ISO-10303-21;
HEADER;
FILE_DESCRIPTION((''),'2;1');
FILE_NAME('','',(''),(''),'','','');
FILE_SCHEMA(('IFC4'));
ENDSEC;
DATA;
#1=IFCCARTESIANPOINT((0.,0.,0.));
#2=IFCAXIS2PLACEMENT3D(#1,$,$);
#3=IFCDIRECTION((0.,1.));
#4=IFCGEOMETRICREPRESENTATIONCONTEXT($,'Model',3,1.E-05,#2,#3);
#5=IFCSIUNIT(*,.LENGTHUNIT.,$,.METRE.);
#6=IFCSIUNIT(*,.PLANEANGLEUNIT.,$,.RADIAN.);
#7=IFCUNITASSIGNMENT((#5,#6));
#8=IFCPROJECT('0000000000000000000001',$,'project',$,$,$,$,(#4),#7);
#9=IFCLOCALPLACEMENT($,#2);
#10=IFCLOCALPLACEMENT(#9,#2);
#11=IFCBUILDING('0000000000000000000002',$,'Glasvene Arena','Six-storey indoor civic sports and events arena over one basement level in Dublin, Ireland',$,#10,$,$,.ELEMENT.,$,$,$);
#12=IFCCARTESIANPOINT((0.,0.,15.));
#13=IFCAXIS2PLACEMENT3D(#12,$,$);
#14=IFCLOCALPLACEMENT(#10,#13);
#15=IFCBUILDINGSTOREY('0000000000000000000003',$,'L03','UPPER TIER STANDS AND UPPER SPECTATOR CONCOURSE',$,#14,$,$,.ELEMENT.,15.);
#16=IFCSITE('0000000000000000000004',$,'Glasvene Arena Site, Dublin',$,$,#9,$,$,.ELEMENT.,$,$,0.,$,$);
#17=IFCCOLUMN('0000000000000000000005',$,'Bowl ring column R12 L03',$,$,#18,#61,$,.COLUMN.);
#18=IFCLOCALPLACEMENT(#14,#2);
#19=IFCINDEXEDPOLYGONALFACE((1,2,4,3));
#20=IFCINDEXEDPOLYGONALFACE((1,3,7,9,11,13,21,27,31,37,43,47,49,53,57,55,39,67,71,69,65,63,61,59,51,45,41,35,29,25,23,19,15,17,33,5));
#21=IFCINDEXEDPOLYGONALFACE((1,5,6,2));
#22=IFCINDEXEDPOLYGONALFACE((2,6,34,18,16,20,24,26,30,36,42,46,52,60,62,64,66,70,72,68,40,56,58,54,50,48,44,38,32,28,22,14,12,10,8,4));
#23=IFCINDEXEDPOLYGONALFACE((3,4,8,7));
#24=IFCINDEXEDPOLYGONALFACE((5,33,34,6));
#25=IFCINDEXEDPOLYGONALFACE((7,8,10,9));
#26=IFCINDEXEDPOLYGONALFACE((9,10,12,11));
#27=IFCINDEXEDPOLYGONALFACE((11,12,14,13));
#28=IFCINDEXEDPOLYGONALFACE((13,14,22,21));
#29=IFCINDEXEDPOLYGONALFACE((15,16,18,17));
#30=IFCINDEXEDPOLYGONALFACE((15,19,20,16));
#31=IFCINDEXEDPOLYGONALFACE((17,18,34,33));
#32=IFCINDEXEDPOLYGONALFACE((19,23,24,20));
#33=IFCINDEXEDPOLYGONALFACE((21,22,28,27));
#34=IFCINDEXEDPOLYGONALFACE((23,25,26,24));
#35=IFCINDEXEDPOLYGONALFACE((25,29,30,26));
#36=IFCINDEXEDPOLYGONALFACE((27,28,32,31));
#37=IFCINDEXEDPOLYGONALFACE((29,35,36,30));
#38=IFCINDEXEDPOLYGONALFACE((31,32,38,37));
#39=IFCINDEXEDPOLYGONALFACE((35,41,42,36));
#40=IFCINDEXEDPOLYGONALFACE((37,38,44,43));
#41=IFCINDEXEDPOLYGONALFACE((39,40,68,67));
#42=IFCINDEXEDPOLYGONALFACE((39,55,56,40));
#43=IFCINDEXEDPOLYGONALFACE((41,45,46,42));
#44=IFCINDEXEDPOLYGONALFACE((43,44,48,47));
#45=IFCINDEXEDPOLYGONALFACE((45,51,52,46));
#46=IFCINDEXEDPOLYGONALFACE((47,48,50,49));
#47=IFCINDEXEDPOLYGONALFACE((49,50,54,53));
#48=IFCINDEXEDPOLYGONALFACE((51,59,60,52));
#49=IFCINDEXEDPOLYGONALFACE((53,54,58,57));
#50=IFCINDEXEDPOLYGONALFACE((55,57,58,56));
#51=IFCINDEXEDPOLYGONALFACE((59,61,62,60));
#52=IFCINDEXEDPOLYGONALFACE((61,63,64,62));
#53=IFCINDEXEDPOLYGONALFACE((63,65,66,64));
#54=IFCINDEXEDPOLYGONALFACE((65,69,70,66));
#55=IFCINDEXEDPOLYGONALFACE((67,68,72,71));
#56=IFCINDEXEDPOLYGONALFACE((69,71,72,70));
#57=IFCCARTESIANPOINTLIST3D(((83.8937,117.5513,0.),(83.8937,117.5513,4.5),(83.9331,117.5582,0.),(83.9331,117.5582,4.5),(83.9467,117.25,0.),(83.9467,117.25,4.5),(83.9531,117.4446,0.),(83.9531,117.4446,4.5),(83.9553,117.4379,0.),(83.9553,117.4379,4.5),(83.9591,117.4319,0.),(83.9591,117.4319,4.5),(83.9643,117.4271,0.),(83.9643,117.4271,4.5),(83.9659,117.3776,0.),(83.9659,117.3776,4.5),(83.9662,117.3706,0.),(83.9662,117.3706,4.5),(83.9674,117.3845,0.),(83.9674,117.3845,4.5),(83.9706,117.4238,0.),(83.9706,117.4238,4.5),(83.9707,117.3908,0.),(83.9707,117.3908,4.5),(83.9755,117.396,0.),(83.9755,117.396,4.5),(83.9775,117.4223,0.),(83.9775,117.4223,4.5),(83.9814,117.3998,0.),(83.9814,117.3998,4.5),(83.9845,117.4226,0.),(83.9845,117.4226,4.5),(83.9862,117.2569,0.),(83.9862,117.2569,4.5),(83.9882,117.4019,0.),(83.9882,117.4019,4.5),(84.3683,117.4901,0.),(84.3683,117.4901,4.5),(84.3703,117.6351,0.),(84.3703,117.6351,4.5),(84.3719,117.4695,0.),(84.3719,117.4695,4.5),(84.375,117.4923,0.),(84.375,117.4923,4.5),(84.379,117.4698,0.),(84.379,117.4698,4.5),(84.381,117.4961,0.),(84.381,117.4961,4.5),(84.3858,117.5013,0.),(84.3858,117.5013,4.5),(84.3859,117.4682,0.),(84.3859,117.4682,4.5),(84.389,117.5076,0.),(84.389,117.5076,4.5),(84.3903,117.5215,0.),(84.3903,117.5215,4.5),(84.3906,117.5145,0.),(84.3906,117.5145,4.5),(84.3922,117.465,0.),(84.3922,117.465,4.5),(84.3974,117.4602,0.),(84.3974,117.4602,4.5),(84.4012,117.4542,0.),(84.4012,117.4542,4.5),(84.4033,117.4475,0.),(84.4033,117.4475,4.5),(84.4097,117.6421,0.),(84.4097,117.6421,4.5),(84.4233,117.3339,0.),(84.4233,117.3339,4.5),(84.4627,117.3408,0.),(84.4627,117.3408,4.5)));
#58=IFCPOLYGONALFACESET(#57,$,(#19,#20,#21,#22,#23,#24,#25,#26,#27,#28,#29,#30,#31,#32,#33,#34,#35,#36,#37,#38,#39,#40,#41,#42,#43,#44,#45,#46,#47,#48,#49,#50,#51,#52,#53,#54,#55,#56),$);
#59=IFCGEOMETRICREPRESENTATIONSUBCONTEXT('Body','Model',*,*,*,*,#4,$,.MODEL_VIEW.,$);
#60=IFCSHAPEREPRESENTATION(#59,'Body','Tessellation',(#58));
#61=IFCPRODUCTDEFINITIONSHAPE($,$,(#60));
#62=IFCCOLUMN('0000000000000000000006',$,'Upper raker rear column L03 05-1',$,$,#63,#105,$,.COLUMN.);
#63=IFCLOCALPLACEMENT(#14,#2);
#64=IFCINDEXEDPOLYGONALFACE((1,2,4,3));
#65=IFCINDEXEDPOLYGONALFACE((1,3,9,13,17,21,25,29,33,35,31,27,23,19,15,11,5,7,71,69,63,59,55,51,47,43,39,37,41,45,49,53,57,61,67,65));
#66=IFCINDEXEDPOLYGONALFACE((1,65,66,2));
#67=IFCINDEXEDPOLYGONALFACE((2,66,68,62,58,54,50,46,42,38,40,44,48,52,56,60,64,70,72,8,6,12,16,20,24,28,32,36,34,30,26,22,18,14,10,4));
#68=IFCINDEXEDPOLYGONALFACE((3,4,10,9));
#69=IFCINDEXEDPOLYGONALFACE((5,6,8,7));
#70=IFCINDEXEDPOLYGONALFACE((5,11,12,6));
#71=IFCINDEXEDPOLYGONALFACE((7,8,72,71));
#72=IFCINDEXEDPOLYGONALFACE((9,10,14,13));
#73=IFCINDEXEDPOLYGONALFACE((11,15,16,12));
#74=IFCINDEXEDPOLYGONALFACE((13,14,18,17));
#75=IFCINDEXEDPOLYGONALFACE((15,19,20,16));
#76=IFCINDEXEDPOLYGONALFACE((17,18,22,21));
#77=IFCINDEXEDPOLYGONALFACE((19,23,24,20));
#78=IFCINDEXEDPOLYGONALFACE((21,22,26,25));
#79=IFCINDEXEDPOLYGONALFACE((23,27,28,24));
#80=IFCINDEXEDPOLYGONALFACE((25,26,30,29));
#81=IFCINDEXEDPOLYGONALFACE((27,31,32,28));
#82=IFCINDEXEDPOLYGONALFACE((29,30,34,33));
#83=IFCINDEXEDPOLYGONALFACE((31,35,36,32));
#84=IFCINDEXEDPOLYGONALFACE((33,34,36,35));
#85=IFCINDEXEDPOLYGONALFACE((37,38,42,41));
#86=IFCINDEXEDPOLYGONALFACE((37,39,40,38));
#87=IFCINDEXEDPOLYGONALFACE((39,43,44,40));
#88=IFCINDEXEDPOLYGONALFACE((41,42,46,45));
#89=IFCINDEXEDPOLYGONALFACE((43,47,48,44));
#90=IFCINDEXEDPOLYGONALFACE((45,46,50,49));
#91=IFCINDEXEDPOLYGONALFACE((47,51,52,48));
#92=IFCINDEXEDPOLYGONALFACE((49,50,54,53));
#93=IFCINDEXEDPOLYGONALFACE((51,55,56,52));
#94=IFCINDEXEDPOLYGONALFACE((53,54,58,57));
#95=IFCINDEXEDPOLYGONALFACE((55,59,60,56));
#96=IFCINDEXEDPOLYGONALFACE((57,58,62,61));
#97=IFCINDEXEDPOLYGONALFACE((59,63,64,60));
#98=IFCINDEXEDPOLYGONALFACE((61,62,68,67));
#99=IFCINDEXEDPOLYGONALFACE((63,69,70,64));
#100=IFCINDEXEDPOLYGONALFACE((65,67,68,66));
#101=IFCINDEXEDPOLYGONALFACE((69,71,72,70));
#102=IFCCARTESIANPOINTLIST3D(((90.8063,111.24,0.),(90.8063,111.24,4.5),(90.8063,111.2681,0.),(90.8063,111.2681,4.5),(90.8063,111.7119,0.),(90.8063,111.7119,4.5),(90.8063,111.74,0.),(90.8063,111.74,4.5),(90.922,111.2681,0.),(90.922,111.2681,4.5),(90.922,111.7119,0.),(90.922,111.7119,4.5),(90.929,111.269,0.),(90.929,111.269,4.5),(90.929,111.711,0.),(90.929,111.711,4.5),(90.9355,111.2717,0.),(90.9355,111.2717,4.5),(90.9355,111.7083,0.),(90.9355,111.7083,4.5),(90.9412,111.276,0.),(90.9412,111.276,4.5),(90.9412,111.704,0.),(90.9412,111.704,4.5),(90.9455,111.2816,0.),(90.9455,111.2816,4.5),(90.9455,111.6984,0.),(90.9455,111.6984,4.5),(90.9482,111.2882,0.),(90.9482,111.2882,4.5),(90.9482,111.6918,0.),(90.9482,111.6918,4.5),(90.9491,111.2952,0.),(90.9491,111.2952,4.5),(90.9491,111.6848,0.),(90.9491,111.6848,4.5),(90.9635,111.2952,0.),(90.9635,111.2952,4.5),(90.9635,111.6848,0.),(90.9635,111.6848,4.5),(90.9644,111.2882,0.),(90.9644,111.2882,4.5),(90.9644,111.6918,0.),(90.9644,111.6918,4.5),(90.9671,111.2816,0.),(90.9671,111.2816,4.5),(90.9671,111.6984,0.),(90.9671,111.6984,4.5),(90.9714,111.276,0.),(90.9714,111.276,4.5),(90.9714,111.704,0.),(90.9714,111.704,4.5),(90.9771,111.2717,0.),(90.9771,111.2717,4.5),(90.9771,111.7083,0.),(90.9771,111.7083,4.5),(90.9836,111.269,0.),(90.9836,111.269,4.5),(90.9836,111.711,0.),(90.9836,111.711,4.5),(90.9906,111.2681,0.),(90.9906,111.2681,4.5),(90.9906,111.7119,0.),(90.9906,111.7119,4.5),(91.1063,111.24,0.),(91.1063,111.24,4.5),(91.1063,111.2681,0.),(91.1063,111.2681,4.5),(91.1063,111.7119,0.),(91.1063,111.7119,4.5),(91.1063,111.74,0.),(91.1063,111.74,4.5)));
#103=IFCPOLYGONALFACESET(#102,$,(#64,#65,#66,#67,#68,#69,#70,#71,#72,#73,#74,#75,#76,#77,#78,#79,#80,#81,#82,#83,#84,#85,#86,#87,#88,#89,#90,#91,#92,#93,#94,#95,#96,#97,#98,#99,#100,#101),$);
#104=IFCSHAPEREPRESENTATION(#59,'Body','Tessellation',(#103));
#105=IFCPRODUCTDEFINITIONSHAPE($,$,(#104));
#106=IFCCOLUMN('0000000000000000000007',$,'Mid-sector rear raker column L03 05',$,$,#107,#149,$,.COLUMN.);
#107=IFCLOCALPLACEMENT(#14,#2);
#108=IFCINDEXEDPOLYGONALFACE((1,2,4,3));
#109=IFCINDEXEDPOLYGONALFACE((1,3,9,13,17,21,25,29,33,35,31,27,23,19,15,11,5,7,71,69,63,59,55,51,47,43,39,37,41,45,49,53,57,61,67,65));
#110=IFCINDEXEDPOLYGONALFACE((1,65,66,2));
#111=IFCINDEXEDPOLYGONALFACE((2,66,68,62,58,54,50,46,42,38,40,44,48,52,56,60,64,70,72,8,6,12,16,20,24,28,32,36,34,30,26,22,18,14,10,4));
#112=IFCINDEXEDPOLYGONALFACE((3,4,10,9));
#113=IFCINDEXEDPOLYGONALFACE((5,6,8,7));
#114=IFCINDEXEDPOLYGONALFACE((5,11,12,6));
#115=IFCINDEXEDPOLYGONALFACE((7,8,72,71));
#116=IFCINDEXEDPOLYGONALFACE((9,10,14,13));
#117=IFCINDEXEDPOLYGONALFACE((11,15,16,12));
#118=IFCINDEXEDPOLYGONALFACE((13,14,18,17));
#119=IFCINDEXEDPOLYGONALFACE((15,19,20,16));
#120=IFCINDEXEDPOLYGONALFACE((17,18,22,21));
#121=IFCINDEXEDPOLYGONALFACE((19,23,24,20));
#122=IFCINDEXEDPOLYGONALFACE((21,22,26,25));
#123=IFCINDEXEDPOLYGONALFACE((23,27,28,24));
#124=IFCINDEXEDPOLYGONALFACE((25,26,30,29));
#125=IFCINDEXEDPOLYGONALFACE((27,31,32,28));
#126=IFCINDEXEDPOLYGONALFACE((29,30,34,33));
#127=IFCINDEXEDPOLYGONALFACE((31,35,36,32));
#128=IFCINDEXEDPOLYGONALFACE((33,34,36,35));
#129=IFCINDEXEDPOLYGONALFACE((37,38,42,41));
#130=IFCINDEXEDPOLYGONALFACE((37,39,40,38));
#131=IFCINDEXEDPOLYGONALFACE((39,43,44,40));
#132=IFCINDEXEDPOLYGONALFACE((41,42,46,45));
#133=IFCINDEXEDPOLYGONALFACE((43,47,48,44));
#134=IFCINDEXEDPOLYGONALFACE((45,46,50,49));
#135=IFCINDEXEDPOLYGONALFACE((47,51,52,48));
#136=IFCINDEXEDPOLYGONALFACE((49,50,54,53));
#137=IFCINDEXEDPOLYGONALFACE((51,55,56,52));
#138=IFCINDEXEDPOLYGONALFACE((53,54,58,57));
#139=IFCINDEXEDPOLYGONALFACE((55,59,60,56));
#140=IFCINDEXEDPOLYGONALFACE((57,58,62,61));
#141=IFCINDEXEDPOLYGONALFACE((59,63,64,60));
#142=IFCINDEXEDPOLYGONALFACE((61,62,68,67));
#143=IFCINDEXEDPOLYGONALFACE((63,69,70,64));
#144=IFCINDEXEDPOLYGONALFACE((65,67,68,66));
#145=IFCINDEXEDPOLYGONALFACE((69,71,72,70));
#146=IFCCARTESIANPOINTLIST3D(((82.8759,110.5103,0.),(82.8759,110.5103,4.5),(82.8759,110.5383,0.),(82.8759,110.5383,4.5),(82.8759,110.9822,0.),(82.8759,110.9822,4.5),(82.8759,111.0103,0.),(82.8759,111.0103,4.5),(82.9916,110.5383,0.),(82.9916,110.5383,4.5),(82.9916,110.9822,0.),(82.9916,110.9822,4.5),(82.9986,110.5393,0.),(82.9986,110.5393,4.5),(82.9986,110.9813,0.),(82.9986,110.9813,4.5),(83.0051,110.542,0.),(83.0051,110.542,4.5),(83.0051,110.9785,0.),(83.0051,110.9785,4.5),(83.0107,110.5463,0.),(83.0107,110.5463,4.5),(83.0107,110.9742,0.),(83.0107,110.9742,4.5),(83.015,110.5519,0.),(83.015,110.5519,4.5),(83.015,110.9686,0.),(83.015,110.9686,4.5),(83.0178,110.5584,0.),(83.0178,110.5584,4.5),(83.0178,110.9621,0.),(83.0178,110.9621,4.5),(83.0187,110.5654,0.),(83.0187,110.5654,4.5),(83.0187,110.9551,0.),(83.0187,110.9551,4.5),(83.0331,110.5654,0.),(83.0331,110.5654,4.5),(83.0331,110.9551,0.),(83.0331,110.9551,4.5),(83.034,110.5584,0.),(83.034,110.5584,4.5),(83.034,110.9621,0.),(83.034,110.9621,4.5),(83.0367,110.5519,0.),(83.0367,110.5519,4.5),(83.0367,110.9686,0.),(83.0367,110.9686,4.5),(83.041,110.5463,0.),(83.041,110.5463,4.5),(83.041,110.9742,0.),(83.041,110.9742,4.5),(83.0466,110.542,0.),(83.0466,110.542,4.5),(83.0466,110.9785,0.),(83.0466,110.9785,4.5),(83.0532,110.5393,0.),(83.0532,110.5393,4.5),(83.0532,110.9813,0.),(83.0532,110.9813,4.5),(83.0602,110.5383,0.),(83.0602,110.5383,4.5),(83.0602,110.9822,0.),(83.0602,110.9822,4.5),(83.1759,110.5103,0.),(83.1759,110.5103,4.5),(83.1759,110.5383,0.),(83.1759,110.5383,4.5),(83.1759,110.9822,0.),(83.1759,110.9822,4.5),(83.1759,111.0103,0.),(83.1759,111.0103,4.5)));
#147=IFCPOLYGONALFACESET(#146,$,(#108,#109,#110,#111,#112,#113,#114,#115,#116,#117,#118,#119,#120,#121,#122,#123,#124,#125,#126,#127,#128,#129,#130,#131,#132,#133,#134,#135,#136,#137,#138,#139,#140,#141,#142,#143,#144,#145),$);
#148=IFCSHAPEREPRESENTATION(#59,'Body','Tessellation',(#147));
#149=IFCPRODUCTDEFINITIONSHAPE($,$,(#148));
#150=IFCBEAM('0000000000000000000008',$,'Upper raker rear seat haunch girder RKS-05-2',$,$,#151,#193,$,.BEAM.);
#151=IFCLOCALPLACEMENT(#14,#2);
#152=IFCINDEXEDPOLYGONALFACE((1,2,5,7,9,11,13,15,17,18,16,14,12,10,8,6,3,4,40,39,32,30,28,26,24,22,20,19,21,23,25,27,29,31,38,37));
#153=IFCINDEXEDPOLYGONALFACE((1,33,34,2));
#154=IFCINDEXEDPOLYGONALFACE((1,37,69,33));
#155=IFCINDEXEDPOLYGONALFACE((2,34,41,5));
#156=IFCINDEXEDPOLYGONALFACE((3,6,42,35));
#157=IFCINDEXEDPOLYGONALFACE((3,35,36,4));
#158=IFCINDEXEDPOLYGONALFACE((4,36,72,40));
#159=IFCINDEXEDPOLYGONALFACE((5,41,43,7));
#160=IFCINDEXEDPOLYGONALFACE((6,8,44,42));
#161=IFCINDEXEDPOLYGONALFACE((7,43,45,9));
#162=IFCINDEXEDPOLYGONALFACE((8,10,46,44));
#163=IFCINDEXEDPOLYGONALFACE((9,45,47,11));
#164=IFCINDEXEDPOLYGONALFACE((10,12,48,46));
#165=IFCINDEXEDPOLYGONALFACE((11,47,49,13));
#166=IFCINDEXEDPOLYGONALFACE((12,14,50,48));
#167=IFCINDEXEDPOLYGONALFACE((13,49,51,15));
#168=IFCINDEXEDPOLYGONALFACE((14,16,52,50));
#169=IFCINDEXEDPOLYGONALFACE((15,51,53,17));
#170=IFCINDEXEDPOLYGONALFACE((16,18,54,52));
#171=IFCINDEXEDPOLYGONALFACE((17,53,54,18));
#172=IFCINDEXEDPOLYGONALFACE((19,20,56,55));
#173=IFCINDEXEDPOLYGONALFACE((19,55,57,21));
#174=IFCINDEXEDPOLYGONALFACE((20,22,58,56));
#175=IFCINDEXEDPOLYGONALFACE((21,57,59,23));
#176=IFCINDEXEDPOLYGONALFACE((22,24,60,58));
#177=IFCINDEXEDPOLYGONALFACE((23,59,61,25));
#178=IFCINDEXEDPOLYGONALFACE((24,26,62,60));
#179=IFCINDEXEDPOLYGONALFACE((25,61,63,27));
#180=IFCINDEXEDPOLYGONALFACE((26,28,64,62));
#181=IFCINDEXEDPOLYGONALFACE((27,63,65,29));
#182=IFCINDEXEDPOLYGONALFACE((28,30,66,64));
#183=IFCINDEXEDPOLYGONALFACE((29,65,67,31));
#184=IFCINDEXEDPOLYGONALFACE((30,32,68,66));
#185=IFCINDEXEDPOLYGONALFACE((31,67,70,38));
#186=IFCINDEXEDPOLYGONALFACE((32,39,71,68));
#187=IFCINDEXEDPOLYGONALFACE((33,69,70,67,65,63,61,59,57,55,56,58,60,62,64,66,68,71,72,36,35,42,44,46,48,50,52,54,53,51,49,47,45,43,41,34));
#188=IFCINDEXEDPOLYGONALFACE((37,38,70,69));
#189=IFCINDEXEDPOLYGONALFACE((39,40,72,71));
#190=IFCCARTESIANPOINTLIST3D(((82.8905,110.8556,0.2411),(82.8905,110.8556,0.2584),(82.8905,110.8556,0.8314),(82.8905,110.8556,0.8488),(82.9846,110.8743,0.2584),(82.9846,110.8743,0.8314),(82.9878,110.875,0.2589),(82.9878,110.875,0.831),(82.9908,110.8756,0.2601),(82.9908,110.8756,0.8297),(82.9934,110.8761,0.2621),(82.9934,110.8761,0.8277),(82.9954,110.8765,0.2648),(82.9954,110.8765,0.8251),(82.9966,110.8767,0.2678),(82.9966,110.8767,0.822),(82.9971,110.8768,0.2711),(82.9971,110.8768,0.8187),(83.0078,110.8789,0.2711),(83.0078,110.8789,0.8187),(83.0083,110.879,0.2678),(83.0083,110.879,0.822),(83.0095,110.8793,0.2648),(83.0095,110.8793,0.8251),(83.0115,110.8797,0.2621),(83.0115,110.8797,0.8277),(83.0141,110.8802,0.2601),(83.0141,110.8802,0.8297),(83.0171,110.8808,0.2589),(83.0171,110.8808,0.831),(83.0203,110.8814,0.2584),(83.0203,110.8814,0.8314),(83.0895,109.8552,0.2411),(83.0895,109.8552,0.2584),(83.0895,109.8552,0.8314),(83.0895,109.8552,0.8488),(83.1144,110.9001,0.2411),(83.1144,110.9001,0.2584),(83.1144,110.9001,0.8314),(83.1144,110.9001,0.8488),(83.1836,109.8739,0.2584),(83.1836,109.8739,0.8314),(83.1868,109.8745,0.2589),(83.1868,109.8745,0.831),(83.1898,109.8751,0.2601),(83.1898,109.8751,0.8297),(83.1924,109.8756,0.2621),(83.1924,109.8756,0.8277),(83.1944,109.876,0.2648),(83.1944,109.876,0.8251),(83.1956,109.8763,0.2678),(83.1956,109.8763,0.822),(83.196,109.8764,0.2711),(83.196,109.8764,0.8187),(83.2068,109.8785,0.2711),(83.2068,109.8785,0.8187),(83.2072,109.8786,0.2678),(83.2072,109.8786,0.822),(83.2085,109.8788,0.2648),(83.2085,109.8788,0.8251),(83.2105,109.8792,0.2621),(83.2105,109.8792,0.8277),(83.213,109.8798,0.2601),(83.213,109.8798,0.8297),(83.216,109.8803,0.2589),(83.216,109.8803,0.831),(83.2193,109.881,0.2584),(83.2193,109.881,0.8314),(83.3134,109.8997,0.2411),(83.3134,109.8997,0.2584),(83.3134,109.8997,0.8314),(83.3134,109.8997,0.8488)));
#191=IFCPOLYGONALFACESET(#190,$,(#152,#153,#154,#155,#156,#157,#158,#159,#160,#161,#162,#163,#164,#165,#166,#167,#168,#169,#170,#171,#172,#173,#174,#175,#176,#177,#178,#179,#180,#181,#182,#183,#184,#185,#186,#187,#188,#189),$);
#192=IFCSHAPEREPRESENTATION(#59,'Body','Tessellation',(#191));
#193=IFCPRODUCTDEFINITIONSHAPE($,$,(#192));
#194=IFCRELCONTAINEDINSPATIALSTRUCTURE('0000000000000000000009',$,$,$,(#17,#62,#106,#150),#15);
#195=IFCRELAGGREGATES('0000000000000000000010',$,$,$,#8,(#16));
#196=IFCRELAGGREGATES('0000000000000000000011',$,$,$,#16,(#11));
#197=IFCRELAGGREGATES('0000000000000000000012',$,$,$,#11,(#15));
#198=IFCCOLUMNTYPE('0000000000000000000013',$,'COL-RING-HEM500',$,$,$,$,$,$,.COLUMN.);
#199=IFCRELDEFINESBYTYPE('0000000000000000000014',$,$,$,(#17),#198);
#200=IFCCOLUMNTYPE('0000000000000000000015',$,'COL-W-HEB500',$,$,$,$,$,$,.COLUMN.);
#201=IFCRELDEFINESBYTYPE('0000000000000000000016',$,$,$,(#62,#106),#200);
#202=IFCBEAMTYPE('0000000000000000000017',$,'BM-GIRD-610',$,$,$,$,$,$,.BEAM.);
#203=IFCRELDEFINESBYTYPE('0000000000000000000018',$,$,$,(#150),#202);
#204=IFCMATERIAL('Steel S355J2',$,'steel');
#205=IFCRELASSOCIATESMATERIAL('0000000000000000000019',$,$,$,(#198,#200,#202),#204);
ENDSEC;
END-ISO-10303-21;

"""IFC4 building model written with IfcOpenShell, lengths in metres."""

from ifc_helpers import new_model, si_unit, direction, frame, origin, origin_2d, place, context, subcontext, project, spatial, i_section, extrude, material, material_profile, profile_set, type_object, element, save


model = new_model("IFC4")

# Units and contexts
model_context = context("Model", 3, precision=1e-05, world=origin(), true_north=direction((0.0, 1.0)))
body_context = subcontext(model_context, "Body", "Model", "MODEL_VIEW")
ifc_project = project(units=[si_unit("LENGTHUNIT", "METRE"), si_unit("PLANEANGLEUNIT", "RADIAN")], contexts=[model_context])

# Site, building, storey
site_placement = place(None, origin())
site = spatial("IfcSite", under=ifc_project, at=site_placement, Name="Glasvene Arena Site, Dublin", CompositionType="ELEMENT", RefElevation=0.0)
building_placement = place(site_placement, origin())
building = spatial("IfcBuilding", under=site, at=building_placement, Name="Glasvene Arena", Description="Six-storey indoor civic sports and events arena over one basement level in Dublin, Ireland", CompositionType="ELEMENT")
storey_placement = place(building_placement, frame((0.0, 0.0, 15.0)))
storey = spatial("IfcBuildingStorey", under=building, at=storey_placement, Name="L03", Description="UPPER TIER STANDS AND UPPER SPECTATOR CONCOURSE", CompositionType="ELEMENT", Elevation=15.0)

# Columns
ifc_material_1 = material(Name="Steel S355J2", Category="steel")
ifc_material_profile_1 = material_profile(ifc_material_1, i_section(OverallWidth=0.3059, OverallDepth=0.5239, WebThickness=0.021, FlangeThickness=0.04, FilletRadius=0.0271, at=origin_2d()), Name="HEM 500")
ifc_profile_set_1 = profile_set([ifc_material_profile_1], Name="Steel S355J2")
column_type_1 = type_object("IfcColumnType", Name="COL-RING-HEM500", PredefinedType="COLUMN", material=ifc_profile_set_1)
column_placement = place(storey_placement, frame((84.1782, 117.446, 0.0), z_axis=(0.0, 0.0, 1.0), x_axis=(-0.173304, 0.984868, 0.0)))
element("IfcColumn", 1, at=column_placement, inside=storey, type_object=column_type_1, Name="Bowl ring column R12 L03", PredefinedType="COLUMN", context=body_context, shape_type="SweptSolid", body=[
    extrude(i_section(OverallWidth=0.3059, OverallDepth=0.5239, WebThickness=0.021, FlangeThickness=0.04, FilletRadius=0.0271, at=origin_2d()), origin(), (0.0, 0.0, 1.0), 4.5),
])
ifc_material_profile_2 = material_profile(ifc_material_1, i_section(OverallWidth=0.3, OverallDepth=0.5, WebThickness=0.0144, FlangeThickness=0.0281, FilletRadius=0.0271, at=origin_2d()), Name="HEB 500")
ifc_profile_set_2 = profile_set([ifc_material_profile_2], Name="Steel S355J2")
column_type_2 = type_object("IfcColumnType", Name="COL-W-HEB500", PredefinedType="COLUMN", material=ifc_profile_set_2)
for number, where, z_axis, x_axis, name in (
    (2, (90.9563, 111.49, 0.0), (0.0, 0.0, 1.0), (1.0, 0.0, 0.0), "Upper raker rear column L03 05-1"),
    (3, (83.0259, 110.7603, 0.0), (0.0, 0.0, 1.0), (1.0, 0.0, 0.0), "Mid-sector rear raker column L03 05"),
):
    element("IfcColumn", number, at=place(storey_placement, frame(where, z_axis=z_axis, x_axis=x_axis)), inside=storey, type_object=column_type_2, Name=name, PredefinedType="COLUMN", context=body_context, shape_type="SweptSolid", body=[
        extrude(i_section(OverallWidth=0.3, OverallDepth=0.5, WebThickness=0.0144, FlangeThickness=0.0281, FilletRadius=0.0271, at=origin_2d()), origin(), (0.0, 0.0, 1.0), 4.5),
    ])

# Beam
ifc_material_profile_3 = material_profile(ifc_material_1, i_section(OverallWidth=0.2283, OverallDepth=0.6077, WebThickness=0.011, FlangeThickness=0.0173, FilletRadius=0.0127, at=origin_2d()), Name="UKB 610x229x113")
ifc_profile_set_3 = profile_set([ifc_material_profile_3], Name="Steel S355J2")
beam_type_1 = type_object("IfcBeamType", Name="BM-GIRD-610", PredefinedType="BEAM", material=ifc_profile_set_3)
beam_1_placement = place(storey_placement, frame((83.2014, 109.8774, 0.5449), z_axis=(-0.195057, 0.980792, 0.0), x_axis=(-0.980792, -0.195057, 0.0)))
element("IfcBeam", 4, at=beam_1_placement, inside=storey, type_object=beam_type_1, Name="Upper raker rear seat haunch girder RKS-05-2", PredefinedType="BEAM", context=body_context, shape_type="SweptSolid", body=[
    extrude(i_section(OverallWidth=0.2283, OverallDepth=0.6077, WebThickness=0.011, FlangeThickness=0.0173, FilletRadius=0.0127, at=origin_2d()), origin(), (0.0, 0.0, 1.0), 1.02),
])

save(model, "model.ifc")
